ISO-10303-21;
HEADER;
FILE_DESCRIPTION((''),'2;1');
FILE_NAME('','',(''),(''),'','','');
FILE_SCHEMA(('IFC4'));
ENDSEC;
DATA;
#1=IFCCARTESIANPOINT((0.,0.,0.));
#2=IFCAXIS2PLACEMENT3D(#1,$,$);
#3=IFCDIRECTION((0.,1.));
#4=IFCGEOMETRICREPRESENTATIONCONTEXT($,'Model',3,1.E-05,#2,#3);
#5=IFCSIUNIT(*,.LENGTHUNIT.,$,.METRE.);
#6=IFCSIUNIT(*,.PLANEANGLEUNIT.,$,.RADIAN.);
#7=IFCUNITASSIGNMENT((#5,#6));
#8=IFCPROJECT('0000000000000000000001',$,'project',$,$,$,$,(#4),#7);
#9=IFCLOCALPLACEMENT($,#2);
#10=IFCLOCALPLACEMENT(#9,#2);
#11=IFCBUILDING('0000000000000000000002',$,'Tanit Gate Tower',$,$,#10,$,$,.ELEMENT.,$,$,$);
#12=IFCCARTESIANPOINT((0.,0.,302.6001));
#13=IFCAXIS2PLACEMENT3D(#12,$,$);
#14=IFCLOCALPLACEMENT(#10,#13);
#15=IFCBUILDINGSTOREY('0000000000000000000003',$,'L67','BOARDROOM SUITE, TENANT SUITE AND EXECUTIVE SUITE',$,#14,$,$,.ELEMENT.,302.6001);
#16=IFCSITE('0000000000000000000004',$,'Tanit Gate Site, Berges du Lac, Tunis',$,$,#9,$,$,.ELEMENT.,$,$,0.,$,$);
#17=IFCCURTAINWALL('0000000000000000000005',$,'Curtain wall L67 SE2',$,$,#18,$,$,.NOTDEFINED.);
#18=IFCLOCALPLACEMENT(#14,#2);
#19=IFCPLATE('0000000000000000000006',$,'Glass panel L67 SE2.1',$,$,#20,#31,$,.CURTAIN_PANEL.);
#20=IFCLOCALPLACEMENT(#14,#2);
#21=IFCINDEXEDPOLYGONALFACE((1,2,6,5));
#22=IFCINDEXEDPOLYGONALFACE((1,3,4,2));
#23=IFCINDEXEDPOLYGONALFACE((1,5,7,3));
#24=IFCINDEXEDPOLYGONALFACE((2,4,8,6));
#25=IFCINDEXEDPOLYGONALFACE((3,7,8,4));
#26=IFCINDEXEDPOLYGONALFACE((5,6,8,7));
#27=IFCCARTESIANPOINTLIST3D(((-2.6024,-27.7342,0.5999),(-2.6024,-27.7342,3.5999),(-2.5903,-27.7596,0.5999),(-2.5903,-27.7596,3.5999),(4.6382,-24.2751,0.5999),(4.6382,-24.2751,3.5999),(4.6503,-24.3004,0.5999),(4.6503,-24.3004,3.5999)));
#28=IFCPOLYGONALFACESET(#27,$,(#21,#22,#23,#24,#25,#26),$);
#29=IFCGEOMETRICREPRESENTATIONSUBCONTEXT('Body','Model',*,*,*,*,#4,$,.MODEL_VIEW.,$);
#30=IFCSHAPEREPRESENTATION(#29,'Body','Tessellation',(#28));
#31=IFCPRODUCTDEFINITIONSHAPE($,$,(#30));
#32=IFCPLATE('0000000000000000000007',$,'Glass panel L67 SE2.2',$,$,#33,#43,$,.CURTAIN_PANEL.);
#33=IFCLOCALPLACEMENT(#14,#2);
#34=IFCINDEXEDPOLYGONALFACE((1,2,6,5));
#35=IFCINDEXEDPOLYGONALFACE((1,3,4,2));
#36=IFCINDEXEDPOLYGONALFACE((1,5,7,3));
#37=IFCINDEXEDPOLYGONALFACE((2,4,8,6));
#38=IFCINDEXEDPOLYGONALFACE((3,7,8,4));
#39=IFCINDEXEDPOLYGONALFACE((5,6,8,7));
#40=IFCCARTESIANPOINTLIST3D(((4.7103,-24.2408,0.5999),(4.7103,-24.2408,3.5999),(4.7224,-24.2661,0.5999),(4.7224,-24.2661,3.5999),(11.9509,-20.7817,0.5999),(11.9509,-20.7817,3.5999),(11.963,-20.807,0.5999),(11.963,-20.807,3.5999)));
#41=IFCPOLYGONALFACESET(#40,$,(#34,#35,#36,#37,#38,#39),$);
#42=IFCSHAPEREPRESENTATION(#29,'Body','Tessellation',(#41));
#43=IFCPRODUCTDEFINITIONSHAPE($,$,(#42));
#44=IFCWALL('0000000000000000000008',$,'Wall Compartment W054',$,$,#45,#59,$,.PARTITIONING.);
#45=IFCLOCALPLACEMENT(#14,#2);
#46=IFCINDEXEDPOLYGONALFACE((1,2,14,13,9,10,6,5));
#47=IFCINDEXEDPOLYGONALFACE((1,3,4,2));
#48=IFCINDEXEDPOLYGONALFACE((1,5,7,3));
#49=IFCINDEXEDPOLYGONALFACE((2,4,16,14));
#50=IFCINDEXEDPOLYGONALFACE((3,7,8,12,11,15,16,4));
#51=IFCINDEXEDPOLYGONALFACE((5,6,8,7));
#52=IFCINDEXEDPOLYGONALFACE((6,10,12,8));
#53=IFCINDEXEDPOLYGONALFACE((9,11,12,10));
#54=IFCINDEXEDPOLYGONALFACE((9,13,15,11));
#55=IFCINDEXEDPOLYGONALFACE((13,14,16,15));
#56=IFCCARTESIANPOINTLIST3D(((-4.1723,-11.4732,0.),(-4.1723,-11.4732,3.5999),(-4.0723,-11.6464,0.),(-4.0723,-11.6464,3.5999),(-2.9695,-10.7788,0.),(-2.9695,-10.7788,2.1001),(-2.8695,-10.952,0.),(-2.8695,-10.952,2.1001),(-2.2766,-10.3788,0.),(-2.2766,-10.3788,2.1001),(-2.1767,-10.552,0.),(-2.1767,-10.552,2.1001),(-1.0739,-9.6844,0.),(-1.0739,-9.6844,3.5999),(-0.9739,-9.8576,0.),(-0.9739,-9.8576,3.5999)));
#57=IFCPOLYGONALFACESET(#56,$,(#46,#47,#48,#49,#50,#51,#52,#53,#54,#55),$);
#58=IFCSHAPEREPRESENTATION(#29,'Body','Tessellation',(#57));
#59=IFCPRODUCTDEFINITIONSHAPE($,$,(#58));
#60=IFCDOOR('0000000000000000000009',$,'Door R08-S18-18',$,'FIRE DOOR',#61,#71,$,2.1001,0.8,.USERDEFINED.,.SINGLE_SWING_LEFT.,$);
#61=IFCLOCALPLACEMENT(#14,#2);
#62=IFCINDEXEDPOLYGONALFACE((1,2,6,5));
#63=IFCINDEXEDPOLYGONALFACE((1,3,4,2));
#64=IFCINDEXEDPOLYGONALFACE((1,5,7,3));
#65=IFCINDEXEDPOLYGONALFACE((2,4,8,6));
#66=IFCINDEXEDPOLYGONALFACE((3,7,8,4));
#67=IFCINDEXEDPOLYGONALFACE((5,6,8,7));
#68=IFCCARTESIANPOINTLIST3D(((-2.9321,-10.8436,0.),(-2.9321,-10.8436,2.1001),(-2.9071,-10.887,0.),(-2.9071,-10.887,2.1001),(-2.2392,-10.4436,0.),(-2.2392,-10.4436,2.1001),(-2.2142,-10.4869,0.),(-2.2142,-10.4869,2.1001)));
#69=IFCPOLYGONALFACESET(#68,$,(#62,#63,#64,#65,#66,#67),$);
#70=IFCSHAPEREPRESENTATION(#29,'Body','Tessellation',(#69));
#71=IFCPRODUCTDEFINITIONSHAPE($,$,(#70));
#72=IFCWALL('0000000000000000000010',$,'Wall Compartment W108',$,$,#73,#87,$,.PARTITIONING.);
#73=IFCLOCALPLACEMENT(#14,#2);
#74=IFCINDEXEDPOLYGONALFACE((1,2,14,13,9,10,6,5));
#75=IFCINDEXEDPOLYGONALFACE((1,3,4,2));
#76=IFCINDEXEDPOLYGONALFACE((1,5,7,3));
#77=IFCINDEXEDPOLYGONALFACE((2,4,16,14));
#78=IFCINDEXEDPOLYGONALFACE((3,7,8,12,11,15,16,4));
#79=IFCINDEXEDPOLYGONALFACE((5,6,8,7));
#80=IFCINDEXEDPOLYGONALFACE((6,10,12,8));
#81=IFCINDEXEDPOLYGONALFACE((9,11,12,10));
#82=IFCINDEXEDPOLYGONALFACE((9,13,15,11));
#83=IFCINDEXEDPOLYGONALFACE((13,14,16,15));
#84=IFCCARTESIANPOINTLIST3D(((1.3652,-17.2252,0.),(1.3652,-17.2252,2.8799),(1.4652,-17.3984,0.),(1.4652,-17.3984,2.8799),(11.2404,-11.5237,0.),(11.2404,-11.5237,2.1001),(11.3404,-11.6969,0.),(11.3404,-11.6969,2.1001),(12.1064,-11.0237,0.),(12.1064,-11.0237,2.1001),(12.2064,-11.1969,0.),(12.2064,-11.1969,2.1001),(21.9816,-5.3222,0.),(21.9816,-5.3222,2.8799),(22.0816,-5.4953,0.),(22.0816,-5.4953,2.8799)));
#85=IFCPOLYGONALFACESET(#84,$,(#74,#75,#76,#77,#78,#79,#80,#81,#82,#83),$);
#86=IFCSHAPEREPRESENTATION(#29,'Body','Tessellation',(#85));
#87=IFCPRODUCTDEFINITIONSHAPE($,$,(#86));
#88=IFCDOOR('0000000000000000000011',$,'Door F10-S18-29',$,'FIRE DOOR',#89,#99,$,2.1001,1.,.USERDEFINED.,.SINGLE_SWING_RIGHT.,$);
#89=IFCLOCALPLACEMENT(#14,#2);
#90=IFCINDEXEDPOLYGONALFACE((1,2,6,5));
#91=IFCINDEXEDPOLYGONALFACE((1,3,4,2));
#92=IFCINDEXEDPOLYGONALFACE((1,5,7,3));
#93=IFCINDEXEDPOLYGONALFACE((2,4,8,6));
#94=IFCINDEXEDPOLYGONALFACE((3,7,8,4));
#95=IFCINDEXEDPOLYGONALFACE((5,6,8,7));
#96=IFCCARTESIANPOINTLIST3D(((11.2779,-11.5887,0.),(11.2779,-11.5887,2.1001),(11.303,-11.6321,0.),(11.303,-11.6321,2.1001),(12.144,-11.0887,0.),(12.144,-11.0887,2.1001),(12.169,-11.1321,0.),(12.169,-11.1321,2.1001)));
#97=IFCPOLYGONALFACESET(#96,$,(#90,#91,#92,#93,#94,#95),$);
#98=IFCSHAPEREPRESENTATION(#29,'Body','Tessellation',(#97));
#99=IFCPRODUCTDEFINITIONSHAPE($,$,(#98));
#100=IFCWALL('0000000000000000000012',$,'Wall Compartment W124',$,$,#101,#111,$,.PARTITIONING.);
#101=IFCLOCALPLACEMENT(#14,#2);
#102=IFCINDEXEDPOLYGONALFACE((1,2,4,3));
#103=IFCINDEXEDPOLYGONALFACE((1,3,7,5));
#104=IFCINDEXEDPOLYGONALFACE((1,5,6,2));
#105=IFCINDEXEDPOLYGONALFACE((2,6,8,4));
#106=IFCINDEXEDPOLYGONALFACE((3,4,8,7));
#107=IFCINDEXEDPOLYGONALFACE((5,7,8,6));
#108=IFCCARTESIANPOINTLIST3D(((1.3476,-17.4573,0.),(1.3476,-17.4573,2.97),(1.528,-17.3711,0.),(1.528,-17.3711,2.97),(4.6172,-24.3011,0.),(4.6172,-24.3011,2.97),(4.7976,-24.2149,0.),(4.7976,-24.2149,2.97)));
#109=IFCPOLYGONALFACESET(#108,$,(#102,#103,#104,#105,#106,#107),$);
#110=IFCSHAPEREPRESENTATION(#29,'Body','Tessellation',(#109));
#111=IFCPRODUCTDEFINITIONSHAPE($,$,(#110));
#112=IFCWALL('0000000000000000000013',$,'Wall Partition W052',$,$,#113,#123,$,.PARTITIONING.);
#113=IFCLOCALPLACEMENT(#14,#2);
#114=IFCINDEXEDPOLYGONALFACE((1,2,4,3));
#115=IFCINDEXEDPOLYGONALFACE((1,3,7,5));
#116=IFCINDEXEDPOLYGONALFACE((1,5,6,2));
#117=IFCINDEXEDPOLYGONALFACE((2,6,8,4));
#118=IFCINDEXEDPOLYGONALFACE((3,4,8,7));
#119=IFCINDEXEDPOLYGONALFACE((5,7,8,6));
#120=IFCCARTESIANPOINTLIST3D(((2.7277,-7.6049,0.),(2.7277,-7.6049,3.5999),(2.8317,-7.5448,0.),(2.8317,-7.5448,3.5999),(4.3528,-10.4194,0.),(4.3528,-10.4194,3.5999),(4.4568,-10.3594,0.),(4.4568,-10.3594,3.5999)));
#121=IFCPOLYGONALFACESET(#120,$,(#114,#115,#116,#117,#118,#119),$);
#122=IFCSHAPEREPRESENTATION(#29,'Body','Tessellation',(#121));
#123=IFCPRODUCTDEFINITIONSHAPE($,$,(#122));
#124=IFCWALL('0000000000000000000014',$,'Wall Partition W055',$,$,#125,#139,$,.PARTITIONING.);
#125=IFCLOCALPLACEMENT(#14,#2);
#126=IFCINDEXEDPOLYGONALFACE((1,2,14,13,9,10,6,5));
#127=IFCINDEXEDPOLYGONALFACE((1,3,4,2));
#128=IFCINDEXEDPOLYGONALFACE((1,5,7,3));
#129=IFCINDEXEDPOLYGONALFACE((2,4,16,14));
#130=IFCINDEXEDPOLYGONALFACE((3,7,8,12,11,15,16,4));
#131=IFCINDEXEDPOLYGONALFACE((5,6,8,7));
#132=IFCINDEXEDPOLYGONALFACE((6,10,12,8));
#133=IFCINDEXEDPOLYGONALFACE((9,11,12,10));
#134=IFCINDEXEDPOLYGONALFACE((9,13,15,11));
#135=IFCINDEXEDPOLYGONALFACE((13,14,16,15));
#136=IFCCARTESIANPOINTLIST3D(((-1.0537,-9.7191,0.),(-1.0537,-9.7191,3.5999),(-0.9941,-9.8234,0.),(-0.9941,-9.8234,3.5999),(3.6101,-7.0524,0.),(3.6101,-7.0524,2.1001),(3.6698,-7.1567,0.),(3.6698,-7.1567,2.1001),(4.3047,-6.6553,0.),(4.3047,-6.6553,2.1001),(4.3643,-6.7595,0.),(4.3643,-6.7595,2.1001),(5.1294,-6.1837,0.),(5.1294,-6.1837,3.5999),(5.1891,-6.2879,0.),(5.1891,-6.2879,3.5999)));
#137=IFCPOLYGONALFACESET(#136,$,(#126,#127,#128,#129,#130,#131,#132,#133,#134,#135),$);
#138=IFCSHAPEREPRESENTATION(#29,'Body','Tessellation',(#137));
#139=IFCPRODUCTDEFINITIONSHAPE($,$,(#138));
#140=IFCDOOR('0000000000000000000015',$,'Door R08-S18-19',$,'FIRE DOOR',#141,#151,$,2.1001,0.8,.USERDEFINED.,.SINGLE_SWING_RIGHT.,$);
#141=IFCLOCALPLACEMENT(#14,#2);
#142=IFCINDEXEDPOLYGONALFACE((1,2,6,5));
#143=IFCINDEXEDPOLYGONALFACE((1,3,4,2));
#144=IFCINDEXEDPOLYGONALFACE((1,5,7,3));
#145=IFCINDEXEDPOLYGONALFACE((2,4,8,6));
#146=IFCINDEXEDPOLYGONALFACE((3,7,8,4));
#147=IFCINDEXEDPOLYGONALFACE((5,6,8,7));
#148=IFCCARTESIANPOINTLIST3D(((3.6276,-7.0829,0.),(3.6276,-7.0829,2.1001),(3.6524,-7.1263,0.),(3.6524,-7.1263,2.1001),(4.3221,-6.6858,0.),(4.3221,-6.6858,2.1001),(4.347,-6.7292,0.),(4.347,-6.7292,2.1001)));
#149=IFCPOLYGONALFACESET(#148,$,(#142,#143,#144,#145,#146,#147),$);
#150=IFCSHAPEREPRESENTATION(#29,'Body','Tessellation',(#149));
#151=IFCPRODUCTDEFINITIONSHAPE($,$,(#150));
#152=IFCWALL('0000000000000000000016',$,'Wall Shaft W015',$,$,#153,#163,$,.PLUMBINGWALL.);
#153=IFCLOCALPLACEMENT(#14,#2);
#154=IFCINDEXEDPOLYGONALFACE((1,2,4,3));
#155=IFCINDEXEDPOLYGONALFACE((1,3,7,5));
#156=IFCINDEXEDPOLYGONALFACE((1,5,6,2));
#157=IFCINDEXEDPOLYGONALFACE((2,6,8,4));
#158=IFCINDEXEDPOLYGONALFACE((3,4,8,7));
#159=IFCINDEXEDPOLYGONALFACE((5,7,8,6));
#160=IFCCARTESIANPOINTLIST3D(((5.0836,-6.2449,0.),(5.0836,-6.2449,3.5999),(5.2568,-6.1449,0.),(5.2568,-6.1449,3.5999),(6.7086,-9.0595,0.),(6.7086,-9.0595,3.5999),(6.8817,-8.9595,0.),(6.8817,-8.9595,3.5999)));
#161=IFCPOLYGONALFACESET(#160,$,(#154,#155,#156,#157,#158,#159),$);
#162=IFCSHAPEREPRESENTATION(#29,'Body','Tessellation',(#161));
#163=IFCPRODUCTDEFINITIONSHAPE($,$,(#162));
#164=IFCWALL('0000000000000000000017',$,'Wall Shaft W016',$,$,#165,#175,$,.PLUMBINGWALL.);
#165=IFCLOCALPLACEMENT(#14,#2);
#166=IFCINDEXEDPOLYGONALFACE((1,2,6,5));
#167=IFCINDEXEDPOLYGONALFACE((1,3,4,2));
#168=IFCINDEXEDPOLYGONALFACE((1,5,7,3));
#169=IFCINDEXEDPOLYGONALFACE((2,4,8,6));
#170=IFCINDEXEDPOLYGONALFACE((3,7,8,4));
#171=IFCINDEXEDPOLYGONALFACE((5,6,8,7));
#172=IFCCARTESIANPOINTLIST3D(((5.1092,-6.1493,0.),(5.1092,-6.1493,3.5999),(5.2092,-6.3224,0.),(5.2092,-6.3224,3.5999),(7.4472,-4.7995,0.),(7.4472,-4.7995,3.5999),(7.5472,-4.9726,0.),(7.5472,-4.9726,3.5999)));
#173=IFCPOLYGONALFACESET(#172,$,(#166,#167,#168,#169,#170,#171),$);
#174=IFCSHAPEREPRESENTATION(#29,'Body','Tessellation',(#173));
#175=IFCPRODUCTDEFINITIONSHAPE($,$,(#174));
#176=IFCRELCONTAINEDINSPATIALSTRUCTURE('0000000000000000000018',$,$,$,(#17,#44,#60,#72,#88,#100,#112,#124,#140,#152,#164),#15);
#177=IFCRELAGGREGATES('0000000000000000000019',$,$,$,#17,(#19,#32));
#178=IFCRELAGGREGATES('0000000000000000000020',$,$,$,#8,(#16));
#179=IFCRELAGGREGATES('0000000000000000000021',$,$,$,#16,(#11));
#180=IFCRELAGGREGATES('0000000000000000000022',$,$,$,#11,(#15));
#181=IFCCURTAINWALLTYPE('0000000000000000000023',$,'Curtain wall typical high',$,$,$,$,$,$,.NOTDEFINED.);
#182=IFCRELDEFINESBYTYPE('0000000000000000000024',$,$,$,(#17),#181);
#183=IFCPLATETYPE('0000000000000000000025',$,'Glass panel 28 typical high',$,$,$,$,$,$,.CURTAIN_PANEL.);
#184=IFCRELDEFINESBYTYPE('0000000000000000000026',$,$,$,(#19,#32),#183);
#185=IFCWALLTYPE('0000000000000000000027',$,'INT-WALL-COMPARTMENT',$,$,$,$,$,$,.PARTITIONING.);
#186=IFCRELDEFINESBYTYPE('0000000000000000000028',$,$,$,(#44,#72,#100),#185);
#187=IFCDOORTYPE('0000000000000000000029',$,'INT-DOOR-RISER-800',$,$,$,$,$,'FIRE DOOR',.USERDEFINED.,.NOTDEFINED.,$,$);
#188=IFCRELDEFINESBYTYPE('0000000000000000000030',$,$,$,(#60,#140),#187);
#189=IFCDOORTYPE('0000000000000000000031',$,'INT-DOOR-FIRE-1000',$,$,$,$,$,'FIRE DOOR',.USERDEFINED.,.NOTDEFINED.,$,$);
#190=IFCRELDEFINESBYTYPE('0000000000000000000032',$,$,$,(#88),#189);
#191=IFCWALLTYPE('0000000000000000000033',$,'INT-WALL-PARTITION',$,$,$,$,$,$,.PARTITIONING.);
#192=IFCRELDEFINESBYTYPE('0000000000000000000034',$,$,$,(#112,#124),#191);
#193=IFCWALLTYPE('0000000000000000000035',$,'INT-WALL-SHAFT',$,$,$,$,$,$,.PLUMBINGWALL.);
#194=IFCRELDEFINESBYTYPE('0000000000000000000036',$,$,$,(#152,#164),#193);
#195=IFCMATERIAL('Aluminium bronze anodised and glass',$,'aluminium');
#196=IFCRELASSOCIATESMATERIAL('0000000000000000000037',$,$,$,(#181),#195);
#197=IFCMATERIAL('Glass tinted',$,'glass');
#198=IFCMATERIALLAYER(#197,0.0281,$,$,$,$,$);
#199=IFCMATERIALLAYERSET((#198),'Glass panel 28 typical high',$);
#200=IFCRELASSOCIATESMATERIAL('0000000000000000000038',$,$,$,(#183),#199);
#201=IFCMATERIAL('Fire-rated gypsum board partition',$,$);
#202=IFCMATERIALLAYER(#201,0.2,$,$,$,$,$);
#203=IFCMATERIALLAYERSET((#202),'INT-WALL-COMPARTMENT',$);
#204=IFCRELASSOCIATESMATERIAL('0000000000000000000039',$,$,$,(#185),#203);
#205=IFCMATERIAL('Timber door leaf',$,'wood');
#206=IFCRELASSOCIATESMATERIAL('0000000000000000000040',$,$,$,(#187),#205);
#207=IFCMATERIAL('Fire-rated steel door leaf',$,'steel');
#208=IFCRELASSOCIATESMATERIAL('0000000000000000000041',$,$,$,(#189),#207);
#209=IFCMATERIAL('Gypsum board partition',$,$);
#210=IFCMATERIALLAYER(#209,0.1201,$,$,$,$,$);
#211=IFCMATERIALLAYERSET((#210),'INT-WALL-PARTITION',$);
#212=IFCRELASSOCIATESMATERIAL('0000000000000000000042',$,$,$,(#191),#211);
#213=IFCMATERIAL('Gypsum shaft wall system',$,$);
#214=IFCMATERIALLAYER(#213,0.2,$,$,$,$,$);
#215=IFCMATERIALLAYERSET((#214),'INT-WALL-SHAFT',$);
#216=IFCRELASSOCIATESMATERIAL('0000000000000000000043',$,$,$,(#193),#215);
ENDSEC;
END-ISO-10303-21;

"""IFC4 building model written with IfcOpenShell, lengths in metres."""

from ifc_helpers import new_model, si_unit, direction, frame, frame_2d, origin, origin_2d, place, context, subcontext, project, spatial, rectangle, extrude, material, layer, layer_set, type_object, element, fill, aggregate, save


model = new_model("IFC4")

# Units and contexts
model_context = context("Model", 3, precision=1e-05, world=origin(), true_north=direction((0.0, 1.0)))
body_context = subcontext(model_context, "Body", "Model", "MODEL_VIEW")
ifc_project = project(units=[si_unit("LENGTHUNIT", "METRE"), si_unit("PLANEANGLEUNIT", "RADIAN")], contexts=[model_context])

# Site, building, storey
site_placement = place(None, origin())
site = spatial("IfcSite", under=ifc_project, at=site_placement, Name="Tanit Gate Site, Berges du Lac, Tunis", CompositionType="ELEMENT", RefElevation=0.0)
building_placement = place(site_placement, origin())
building = spatial("IfcBuilding", under=site, at=building_placement, Name="Tanit Gate Tower", CompositionType="ELEMENT")
storey_placement = place(building_placement, frame((0.0, 0.0, 302.6001)))
storey = spatial("IfcBuildingStorey", under=building, at=storey_placement, Name="L67", Description="BOARDROOM SUITE, TENANT SUITE AND EXECUTIVE SUITE", CompositionType="ELEMENT", Elevation=302.6001)

# Curtain wall
ifc_material_1 = material(Name="Aluminium bronze anodised and glass", Category="aluminium")
curtain_wall_type = type_object("IfcCurtainWallType", Name="Curtain wall typical high", PredefinedType="NOTDEFINED", material=ifc_material_1)
curtain_wall_1_placement = place(storey_placement, origin())
curtain_wall_1 = element("IfcCurtainWall", 1, at=curtain_wall_1_placement, inside=storey, type_object=curtain_wall_type, Name="Curtain wall L67 SE2", PredefinedType="NOTDEFINED")

# Plates
ifc_material_2 = material(Name="Glass tinted", Category="glass")
ifc_layer_1 = layer(ifc_material_2, 0.0281)
ifc_layer_set_1 = layer_set([ifc_layer_1], Name="Glass panel 28 typical high")
plate_type = type_object("IfcPlateType", Name="Glass panel 28 typical high", PredefinedType="CURTAIN_PANEL", material=ifc_layer_set_1)
plate_1_placement = place(storey_placement, frame((1.0239, -26.0173, 0.5999), z_axis=(0.0, 0.0, 1.0), x_axis=(0.902317, 0.431073, 0.0)))
plate_1 = element("IfcPlate", 2, at=plate_1_placement, type_object=plate_type, Name="Glass panel L67 SE2.1", PredefinedType="CURTAIN_PANEL", context=body_context, shape_type="SweptSolid", body=[
    extrude(rectangle(XDim=8.0244, YDim=0.0281, at=origin_2d()), origin(), (0.0, 0.0, 1.0), 3.0),
])
plate_2_placement = place(storey_placement, frame((8.3367, -22.5239, 0.5999), z_axis=(0.0, 0.0, 1.0), x_axis=(0.902317, 0.431073, 0.0)))
plate_2 = element("IfcPlate", 3, at=plate_2_placement, type_object=plate_type, Name="Glass panel L67 SE2.2", PredefinedType="CURTAIN_PANEL", context=body_context, shape_type="SweptSolid", body=[
    extrude(rectangle(XDim=8.0244, YDim=0.0281, at=origin_2d()), origin(), (0.0, 0.0, 1.0), 3.0),
])
aggregate(curtain_wall_1, [plate_1, plate_2])

# Walls, openings, doors
ifc_material_3 = material(Name="Fire-rated gypsum board partition")
ifc_layer_2 = layer(ifc_material_3, 0.2)
ifc_layer_set_2 = layer_set([ifc_layer_2], Name="INT-WALL-COMPARTMENT")
wall_type_1 = type_object("IfcWallType", Name="INT-WALL-COMPARTMENT", PredefinedType="PARTITIONING", material=ifc_layer_set_2)
wall_1_placement = place(storey_placement, frame((-1.0239, -9.771, 0.0), z_axis=(0.0, 0.0, 1.0), x_axis=(-0.86603, -0.499992, 0.0)))
wall_1 = element("IfcWall", 4, at=wall_1_placement, inside=storey, type_object=wall_type_1, Name="Wall Compartment W054", PredefinedType="PARTITIONING", context=body_context, shape_type="SweptSolid", body=[
    extrude(rectangle(XDim=3.5776, YDim=0.2, at=frame_2d((1.7888, 0.0))), origin(), (0.0, 0.0, 1.0), 3.5999),
])
opening_1_placement = place(wall_1_placement, frame((1.3889, 0.0, 0.0)))
opening_1 = element("IfcOpeningElement", 5, at=opening_1_placement, cuts=wall_1, PredefinedType="OPENING", context=body_context, shape_type="SweptSolid", body=[
    extrude(rectangle(XDim=0.8, YDim=2.1001, at=frame_2d((0.3999, 1.05))), frame((0.0, 0.1099, 0.0), z_axis=(0.0, -1.0, 0.0), x_axis=(1.0, 0.0, 0.0)), (0.0, 0.0, 1.0), 0.22),
])
ifc_material_4 = material(Name="Timber door leaf", Category="wood")
door_type_1 = type_object("IfcDoorType", Name="INT-DOOR-RISER-800", ElementType="FIRE DOOR", OperationType="NOTDEFINED", PredefinedType="USERDEFINED", material=ifc_material_4)
door_1_placement = place(opening_1_placement, origin())
door_1 = element("IfcDoor", 6, at=door_1_placement, inside=storey, type_object=door_type_1, Name="Door R08-S18-18", ObjectType="FIRE DOOR", OperationType="SINGLE_SWING_LEFT", OverallHeight=2.1001, OverallWidth=0.8, PredefinedType="USERDEFINED", context=body_context, shape_type="SweptSolid", body=[
    extrude(rectangle(XDim=0.8, YDim=2.1001, at=frame_2d((0.3999, 1.05))), frame((0.0, 0.0249, 0.0), z_axis=(0.0, -1.0, 0.0), x_axis=(1.0, 0.0, 0.0)), (0.0, 0.0, 1.0), 0.05),
])
fill(opening_1, door_1)
wall_2_placement = place(storey_placement, frame((1.4153, -17.3118, 0.0), z_axis=(0.0, 0.0, 1.0), x_axis=(0.866022, 0.500005, 0.0)))
wall_2 = element("IfcWall", 7, at=wall_2_placement, inside=storey, type_object=wall_type_1, Name="Wall Compartment W108", PredefinedType="PARTITIONING", context=body_context, shape_type="SweptSolid", body=[
    extrude(rectangle(XDim=23.8059, YDim=0.2, at=frame_2d((11.9028, 0.0))), origin(), (0.0, 0.0, 1.0), 2.8799),
])
opening_2_placement = place(wall_2_placement, frame((11.4028, 0.0, 0.0)))
opening_2 = element("IfcOpeningElement", 8, at=opening_2_placement, cuts=wall_2, PredefinedType="OPENING", context=body_context, shape_type="SweptSolid", body=[
    extrude(rectangle(XDim=1.0, YDim=2.1001, at=frame_2d((0.5, 1.05))), frame((0.0, 0.1099, 0.0), z_axis=(0.0, -1.0, 0.0), x_axis=(1.0, 0.0, 0.0)), (0.0, 0.0, 1.0), 0.22),
])
ifc_material_5 = material(Name="Fire-rated steel door leaf", Category="steel")
door_type_2 = type_object("IfcDoorType", Name="INT-DOOR-FIRE-1000", ElementType="FIRE DOOR", OperationType="NOTDEFINED", PredefinedType="USERDEFINED", material=ifc_material_5)
door_2_placement = place(opening_2_placement, origin())
door_2 = element("IfcDoor", 9, at=door_2_placement, inside=storey, type_object=door_type_2, Name="Door F10-S18-29", ObjectType="FIRE DOOR", OperationType="SINGLE_SWING_RIGHT", OverallHeight=2.1001, OverallWidth=1.0, PredefinedType="USERDEFINED", context=body_context, shape_type="SweptSolid", body=[
    extrude(rectangle(XDim=1.0, YDim=2.1001, at=frame_2d((0.5, 1.05))), frame((0.0, 0.0249, 0.0), z_axis=(0.0, -1.0, 0.0), x_axis=(1.0, 0.0, 0.0)), (0.0, 0.0, 1.0), 0.05),
])
fill(opening_2, door_2)

# Walls
wall_3_placement = place(storey_placement, frame((1.4377, -17.4141, 0.0), z_axis=(0.0, 0.0, 1.0), x_axis=(0.431073, -0.902317, 0.0)))
element("IfcWall", 10, at=wall_3_placement, inside=storey, type_object=wall_type_1, Name="Wall Compartment W124", PredefinedType="PARTITIONING", context=body_context, shape_type="SweptSolid", body=[
    extrude(rectangle(XDim=7.5847, YDim=0.2, at=frame_2d((3.7925, 0.0))), origin(), (0.0, 0.0, 1.0), 2.97),
])
ifc_material_6 = material(Name="Gypsum board partition")
ifc_layer_3 = layer(ifc_material_6, 0.1201)
ifc_layer_set_3 = layer_set([ifc_layer_3], Name="INT-WALL-PARTITION")
wall_type_2 = type_object("IfcWallType", Name="INT-WALL-PARTITION", PredefinedType="PARTITIONING", material=ifc_layer_set_3)
wall_4_placement = place(storey_placement, frame((4.4048, -10.3894, 0.0), z_axis=(0.0, 0.0, 1.0), x_axis=(-0.500017, 0.866015, 0.0)))
element("IfcWall", 11, at=wall_4_placement, inside=storey, type_object=wall_type_2, Name="Wall Partition W052", PredefinedType="PARTITIONING", context=body_context, shape_type="SweptSolid", body=[
    extrude(rectangle(XDim=3.25, YDim=0.1201, at=frame_2d((1.625, 0.0))), origin(), (0.0, 0.0, 1.0), 3.5999),
])

# Wall, opening, door
wall_5_placement = place(storey_placement, frame((-1.0239, -9.7712, 0.0), z_axis=(0.0, 0.0, 1.0), x_axis=(0.86811, 0.496371, 0.0)))
wall_5 = element("IfcWall", 12, at=wall_5_placement, inside=storey, type_object=wall_type_2, Name="Wall Partition W055", PredefinedType="PARTITIONING", context=body_context, shape_type="SweptSolid", body=[
    extrude(rectangle(XDim=7.1226, YDim=0.1201, at=frame_2d((3.5613, 0.0))), origin(), (0.0, 0.0, 1.0), 3.5999),
])
opening_3_placement = place(wall_5_placement, frame((5.3726, 0.0, 0.0)))
opening_3 = element("IfcOpeningElement", 13, at=opening_3_placement, cuts=wall_5, PredefinedType="OPENING", context=body_context, shape_type="SweptSolid", body=[
    extrude(rectangle(XDim=0.8, YDim=2.1001, at=frame_2d((0.3999, 1.05))), frame((0.0, 0.0701, 0.0), z_axis=(0.0, -1.0, 0.0), x_axis=(1.0, 0.0, 0.0)), (0.0, 0.0, 1.0), 0.1401),
])
door_3_placement = place(opening_3_placement, origin())
door_3 = element("IfcDoor", 14, at=door_3_placement, inside=storey, type_object=door_type_1, Name="Door R08-S18-19", ObjectType="FIRE DOOR", OperationType="SINGLE_SWING_RIGHT", OverallHeight=2.1001, OverallWidth=0.8, PredefinedType="USERDEFINED", context=body_context, shape_type="SweptSolid", body=[
    extrude(rectangle(XDim=0.8, YDim=2.1001, at=frame_2d((0.3999, 1.05))), frame((0.0, 0.0249, 0.0), z_axis=(0.0, -1.0, 0.0), x_axis=(1.0, 0.0, 0.0)), (0.0, 0.0, 1.0), 0.05),
])
fill(opening_3, door_3)

# Walls
ifc_material_7 = material(Name="Gypsum shaft wall system")
ifc_layer_4 = layer(ifc_material_7, 0.2)
ifc_layer_set_4 = layer_set([ifc_layer_4], Name="INT-WALL-SHAFT")
wall_type_3 = type_object("IfcWallType", Name="INT-WALL-SHAFT", PredefinedType="PLUMBINGWALL", material=ifc_layer_set_4)
wall_6_placement = place(storey_placement, frame((6.7952, -9.0095, 0.0), z_axis=(0.0, 0.0, 1.0), x_axis=(-0.499985, 0.866034, 0.0)))
element("IfcWall", 15, at=wall_6_placement, inside=storey, type_object=wall_type_3, Name="Wall Shaft W015", PredefinedType="PLUMBINGWALL", context=body_context, shape_type="SweptSolid", body=[
    extrude(rectangle(XDim=3.25, YDim=0.2, at=frame_2d((1.625, 0.0))), origin(), (0.0, 0.0, 1.0), 3.5999),
])
wall_7_placement = place(storey_placement, frame((5.1592, -6.2358, 0.0), z_axis=(0.0, 0.0, 1.0), x_axis=(0.866037, 0.499981, 0.0)))
element("IfcWall", 16, at=wall_7_placement, inside=storey, type_object=wall_type_3, Name="Wall Shaft W016", PredefinedType="PLUMBINGWALL", context=body_context, shape_type="SweptSolid", body=[
    extrude(rectangle(XDim=2.6997, YDim=0.2, at=frame_2d((1.3499, 0.0))), origin(), (0.0, 0.0, 1.0), 3.5999),
])

save(model, "model.ifc")
